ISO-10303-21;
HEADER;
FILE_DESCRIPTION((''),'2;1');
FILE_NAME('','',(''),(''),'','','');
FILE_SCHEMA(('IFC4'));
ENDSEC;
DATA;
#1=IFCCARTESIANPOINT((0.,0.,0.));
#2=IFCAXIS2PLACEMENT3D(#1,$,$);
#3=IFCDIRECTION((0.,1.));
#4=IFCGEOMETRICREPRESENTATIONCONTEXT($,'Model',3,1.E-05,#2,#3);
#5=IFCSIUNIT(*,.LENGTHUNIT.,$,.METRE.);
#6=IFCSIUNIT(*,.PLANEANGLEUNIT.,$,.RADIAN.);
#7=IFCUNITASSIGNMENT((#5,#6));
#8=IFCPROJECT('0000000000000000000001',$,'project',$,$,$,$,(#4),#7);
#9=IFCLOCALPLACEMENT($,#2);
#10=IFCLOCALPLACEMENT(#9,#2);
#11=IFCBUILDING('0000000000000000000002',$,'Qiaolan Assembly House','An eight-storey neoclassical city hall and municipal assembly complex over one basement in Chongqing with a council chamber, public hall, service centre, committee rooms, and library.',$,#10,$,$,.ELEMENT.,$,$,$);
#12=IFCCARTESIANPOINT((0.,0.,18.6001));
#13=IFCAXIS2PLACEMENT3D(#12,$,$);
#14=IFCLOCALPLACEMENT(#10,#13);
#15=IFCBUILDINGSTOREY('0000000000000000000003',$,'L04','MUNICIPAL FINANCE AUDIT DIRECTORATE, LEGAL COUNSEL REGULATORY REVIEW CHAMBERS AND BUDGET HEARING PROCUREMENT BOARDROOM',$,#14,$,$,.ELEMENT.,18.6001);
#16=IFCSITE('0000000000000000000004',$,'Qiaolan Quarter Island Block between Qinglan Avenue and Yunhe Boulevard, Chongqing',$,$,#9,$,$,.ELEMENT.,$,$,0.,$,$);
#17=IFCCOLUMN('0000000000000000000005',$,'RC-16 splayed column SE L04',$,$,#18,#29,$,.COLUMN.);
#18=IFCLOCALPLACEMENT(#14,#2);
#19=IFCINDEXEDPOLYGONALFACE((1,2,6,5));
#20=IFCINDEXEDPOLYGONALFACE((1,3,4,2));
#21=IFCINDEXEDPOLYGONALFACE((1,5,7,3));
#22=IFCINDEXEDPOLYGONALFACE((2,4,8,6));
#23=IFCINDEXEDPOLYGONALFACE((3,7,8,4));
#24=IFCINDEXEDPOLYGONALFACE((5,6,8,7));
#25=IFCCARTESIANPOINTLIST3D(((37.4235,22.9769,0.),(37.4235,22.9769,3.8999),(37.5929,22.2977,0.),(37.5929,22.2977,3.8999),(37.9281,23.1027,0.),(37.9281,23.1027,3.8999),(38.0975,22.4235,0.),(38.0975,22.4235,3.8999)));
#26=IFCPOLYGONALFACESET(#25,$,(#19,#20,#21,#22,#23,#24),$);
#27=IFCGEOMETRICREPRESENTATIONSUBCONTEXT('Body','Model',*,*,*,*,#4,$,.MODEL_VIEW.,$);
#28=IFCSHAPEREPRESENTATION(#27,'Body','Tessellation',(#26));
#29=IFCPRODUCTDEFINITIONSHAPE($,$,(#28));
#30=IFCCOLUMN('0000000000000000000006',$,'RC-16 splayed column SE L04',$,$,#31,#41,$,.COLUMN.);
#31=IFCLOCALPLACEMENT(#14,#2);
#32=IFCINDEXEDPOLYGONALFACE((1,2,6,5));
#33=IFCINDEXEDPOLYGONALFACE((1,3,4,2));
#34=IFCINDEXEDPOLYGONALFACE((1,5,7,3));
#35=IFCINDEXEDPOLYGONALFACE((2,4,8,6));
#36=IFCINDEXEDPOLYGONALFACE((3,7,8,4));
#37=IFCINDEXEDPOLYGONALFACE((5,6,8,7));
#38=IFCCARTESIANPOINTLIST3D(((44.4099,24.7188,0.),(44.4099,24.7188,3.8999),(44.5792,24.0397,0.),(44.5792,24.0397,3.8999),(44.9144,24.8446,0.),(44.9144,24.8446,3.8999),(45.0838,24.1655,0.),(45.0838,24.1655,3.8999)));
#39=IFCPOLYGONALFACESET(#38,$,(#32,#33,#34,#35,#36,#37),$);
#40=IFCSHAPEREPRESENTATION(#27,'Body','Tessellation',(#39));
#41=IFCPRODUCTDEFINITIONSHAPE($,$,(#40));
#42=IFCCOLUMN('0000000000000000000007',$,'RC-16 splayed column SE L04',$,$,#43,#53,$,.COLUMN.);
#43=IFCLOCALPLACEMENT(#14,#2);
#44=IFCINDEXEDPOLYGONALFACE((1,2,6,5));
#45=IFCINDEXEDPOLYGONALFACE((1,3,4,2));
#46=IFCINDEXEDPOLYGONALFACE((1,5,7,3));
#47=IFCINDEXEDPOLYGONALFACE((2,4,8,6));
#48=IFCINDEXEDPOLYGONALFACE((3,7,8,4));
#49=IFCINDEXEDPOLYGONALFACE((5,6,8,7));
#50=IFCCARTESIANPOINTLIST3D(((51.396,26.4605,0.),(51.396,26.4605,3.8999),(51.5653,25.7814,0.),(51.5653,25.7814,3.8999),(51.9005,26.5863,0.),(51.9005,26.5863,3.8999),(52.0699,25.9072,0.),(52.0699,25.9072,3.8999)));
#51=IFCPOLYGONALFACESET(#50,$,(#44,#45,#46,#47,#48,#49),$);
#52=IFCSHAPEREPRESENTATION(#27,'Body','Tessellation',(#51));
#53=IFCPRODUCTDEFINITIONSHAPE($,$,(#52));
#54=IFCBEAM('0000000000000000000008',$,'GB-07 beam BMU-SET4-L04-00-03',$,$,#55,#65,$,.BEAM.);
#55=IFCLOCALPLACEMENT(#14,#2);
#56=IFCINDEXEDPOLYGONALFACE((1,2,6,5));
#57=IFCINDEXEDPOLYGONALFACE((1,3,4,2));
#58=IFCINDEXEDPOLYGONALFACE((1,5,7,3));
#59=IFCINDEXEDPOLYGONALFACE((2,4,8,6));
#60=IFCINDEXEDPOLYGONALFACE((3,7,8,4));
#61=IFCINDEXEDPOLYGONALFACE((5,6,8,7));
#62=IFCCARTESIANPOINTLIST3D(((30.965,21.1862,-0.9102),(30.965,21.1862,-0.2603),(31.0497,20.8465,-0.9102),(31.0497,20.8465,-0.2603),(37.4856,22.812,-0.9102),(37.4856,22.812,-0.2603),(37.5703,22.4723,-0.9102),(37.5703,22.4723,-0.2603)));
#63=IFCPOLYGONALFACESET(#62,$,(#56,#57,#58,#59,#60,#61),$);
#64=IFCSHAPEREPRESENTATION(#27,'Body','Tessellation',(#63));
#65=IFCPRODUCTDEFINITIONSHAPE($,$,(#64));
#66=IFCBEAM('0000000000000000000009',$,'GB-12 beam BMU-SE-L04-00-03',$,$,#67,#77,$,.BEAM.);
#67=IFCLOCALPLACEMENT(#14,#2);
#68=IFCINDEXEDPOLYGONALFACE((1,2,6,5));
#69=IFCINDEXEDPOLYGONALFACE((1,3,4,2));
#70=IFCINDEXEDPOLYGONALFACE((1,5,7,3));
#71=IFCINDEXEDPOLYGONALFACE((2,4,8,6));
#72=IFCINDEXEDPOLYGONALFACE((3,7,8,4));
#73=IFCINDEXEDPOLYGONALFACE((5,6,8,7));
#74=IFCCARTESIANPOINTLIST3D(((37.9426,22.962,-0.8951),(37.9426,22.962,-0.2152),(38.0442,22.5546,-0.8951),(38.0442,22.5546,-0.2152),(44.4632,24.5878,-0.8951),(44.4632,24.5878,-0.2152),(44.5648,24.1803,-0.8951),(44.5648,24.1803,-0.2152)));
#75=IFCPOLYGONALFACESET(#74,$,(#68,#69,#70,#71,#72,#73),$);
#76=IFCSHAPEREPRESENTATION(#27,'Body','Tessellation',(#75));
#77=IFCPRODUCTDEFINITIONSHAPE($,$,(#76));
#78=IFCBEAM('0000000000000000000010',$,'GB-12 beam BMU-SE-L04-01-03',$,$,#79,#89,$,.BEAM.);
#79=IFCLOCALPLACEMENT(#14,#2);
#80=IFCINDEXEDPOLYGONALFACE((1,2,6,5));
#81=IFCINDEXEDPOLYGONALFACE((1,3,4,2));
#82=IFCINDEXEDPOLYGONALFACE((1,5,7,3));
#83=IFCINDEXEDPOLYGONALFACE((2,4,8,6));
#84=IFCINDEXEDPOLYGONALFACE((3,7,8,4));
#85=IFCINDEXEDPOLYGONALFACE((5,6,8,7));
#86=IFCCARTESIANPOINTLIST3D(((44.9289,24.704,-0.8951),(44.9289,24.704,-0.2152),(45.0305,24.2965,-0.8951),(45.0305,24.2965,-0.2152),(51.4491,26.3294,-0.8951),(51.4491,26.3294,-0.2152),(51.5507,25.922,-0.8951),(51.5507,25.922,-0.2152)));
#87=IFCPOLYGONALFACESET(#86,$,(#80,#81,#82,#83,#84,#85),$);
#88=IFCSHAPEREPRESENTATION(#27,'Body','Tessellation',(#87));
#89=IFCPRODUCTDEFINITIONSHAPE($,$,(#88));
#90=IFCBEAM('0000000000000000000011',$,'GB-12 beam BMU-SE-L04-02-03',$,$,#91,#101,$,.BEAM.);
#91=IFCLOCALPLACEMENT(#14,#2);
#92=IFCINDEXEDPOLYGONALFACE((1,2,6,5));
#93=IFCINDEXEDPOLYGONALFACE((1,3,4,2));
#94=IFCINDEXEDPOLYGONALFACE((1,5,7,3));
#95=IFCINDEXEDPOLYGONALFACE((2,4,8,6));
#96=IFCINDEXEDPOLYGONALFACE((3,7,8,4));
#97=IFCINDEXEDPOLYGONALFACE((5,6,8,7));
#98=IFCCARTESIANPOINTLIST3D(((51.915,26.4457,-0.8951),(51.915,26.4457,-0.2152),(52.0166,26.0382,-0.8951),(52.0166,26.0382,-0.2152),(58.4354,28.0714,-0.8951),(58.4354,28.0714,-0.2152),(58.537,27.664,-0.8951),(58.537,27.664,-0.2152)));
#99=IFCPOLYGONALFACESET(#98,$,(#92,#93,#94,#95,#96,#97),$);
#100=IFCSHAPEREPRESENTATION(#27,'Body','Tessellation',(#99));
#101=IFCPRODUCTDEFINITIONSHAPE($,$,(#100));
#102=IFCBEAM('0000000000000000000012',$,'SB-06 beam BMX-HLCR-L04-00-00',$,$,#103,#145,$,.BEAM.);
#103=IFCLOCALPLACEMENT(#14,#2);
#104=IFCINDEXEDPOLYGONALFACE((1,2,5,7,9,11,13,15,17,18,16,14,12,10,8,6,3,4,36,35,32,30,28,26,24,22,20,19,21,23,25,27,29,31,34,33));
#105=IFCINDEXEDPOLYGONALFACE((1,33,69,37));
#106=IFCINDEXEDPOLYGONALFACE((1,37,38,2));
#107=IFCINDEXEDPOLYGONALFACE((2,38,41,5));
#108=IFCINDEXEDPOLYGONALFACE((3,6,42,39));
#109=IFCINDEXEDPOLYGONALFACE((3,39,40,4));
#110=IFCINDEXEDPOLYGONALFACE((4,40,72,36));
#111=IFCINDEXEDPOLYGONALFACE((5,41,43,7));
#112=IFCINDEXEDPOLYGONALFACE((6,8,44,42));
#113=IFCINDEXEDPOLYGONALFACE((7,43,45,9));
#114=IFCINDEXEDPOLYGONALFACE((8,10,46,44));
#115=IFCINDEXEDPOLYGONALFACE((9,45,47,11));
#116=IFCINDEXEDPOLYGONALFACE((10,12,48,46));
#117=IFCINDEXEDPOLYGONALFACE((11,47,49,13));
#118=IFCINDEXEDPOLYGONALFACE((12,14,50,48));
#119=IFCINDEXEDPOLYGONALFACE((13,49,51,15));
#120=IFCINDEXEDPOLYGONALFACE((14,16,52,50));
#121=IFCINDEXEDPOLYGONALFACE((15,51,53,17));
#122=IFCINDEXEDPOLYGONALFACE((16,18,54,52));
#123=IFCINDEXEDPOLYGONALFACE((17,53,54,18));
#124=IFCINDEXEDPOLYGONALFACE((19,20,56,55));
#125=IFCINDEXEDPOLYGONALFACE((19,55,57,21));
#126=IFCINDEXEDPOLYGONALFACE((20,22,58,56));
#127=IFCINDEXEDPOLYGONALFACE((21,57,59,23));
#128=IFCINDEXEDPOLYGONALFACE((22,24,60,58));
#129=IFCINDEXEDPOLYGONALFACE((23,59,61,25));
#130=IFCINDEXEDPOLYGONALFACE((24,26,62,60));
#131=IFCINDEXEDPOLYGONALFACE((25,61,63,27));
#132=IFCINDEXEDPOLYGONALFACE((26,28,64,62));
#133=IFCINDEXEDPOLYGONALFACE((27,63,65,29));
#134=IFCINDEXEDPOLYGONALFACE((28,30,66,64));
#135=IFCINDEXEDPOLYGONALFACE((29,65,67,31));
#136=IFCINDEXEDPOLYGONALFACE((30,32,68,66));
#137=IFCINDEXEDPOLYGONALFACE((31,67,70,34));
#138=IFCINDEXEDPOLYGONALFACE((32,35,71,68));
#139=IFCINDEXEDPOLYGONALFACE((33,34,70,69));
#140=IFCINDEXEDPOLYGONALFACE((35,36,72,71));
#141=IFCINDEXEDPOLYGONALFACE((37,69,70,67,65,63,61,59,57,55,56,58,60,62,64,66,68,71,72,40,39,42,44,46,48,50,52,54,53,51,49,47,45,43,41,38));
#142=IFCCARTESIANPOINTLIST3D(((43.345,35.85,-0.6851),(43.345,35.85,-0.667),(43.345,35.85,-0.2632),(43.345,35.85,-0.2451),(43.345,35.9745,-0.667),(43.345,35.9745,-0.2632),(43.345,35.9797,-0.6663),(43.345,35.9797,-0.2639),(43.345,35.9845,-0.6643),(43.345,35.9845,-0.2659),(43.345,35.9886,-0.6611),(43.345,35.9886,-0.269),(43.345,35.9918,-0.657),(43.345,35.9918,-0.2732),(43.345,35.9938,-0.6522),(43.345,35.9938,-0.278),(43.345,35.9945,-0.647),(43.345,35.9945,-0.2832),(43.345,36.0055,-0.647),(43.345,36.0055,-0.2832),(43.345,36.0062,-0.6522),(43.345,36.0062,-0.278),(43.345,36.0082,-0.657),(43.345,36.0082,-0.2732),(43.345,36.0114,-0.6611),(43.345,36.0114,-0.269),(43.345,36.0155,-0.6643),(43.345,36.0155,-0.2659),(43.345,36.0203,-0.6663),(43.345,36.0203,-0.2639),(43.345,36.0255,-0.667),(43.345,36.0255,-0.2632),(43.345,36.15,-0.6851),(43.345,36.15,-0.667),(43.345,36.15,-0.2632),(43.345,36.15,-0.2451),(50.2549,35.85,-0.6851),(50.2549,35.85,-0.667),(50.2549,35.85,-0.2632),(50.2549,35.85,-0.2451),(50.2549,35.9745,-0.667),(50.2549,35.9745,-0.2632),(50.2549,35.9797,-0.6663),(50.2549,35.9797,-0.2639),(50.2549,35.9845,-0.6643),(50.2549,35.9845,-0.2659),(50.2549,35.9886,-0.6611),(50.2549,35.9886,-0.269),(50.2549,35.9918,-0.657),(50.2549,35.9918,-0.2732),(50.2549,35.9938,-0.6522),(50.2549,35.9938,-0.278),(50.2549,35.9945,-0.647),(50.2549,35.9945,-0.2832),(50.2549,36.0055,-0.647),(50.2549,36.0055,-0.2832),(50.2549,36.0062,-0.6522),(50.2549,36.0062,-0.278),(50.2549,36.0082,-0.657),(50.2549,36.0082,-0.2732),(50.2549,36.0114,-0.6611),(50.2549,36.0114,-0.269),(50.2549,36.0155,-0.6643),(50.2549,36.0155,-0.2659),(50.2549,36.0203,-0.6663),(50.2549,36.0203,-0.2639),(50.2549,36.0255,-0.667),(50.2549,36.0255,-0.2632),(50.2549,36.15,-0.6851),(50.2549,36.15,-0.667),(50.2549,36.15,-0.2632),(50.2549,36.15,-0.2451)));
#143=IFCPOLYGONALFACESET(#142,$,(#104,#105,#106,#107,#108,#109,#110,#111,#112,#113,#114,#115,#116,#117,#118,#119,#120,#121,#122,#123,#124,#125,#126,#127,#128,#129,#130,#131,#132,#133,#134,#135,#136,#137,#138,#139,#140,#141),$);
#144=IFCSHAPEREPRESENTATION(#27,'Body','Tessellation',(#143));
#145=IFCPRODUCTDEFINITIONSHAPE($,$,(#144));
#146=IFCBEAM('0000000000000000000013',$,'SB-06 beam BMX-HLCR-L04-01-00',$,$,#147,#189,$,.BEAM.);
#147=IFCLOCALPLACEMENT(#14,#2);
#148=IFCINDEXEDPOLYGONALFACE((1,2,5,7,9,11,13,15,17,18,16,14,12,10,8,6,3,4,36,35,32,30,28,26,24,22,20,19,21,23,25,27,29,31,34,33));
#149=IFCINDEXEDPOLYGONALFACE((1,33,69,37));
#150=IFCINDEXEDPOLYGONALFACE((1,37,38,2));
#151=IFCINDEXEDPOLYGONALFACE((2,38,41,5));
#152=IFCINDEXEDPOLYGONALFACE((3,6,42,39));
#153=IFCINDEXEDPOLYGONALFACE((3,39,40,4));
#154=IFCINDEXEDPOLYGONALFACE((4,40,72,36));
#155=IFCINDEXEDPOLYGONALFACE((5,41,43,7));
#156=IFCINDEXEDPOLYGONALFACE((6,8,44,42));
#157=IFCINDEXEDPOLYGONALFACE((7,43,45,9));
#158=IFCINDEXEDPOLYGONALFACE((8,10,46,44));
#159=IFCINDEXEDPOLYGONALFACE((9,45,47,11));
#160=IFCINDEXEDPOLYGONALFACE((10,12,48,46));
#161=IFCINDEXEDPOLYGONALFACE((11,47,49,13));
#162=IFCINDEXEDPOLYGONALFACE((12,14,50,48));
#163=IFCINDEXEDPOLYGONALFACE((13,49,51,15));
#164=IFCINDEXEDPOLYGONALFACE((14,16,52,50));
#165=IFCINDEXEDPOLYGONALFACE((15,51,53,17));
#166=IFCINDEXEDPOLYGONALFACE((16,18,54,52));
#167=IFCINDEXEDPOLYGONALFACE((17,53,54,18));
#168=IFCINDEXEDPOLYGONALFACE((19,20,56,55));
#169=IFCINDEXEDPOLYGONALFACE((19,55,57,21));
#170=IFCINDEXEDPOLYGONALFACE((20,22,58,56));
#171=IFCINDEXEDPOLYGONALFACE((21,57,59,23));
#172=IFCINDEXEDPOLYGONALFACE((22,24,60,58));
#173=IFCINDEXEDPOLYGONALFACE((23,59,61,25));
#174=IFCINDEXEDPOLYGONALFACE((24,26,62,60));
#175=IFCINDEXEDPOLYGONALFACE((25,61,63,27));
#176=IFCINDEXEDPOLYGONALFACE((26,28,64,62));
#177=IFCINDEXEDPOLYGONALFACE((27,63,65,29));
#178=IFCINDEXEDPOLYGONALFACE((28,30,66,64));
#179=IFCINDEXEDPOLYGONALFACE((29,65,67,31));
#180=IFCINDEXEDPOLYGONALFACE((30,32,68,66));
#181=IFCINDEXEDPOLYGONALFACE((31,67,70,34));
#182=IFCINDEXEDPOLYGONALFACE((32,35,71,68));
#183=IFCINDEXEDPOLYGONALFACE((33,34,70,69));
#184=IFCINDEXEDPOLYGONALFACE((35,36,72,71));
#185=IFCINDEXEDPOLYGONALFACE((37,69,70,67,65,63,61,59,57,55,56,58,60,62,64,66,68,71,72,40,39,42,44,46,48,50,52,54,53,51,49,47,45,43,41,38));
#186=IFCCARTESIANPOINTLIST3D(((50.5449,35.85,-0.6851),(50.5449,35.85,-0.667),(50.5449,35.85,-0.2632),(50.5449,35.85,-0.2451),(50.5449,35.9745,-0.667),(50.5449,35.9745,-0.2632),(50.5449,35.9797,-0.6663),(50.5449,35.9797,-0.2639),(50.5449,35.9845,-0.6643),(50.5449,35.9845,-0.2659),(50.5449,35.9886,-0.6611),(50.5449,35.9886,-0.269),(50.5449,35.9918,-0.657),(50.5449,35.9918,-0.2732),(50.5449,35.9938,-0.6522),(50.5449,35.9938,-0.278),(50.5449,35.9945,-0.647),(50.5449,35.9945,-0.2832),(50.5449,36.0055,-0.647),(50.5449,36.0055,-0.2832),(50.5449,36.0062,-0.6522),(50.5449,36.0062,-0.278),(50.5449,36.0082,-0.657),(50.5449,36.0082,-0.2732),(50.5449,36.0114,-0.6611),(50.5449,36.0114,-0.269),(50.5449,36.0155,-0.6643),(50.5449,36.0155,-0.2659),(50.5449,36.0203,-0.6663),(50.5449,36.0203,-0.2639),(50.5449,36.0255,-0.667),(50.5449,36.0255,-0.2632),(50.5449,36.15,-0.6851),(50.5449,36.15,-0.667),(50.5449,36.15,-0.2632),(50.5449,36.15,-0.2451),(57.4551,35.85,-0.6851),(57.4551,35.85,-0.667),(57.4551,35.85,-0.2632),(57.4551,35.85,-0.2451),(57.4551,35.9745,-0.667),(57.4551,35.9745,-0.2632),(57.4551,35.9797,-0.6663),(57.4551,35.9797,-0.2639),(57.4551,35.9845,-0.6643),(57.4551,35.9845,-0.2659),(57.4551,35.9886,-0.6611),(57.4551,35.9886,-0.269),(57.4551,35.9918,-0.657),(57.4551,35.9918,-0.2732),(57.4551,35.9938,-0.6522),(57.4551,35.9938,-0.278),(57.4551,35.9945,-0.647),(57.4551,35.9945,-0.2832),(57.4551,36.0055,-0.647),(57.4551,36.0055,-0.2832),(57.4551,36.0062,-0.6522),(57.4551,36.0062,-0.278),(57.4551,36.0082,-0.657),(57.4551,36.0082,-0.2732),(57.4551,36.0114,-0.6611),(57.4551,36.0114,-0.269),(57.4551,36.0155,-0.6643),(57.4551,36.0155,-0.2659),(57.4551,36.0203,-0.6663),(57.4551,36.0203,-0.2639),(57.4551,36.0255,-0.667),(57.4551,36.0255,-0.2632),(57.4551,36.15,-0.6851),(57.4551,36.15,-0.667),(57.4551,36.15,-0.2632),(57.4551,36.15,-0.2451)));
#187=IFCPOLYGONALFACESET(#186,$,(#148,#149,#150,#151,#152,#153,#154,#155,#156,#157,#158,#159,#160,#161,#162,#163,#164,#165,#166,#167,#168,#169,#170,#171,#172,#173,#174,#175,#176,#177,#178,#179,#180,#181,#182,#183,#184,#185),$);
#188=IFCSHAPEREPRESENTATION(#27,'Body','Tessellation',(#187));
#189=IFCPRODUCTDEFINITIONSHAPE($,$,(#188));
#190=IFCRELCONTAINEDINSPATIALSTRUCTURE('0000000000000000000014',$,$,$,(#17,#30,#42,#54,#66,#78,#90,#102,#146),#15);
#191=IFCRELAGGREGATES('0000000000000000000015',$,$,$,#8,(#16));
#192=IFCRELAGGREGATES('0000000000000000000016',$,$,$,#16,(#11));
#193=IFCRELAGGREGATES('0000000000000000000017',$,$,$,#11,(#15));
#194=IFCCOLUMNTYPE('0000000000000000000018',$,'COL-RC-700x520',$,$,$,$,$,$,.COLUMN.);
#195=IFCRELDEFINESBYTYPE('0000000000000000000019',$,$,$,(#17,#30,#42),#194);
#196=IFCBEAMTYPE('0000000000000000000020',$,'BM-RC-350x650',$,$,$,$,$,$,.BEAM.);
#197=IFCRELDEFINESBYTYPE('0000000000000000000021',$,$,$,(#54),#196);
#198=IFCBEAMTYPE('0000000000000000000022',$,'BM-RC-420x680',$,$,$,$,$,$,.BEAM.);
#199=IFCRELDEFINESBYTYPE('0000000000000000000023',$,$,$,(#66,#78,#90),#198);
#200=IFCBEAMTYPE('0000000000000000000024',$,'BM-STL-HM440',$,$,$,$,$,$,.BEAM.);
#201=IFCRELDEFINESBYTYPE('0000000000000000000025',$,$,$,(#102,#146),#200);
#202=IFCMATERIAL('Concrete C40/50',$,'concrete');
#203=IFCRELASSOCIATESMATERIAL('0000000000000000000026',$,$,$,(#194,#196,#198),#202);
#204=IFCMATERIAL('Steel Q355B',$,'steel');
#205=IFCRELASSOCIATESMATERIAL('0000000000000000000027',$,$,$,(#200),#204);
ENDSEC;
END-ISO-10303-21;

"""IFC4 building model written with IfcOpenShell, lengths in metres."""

from ifc_helpers import new_model, si_unit, direction, frame, origin, origin_2d, place, context, subcontext, project, spatial, rectangle, i_section, extrude, material, material_profile, profile_set, type_object, element, save


model = new_model("IFC4")

# Units and contexts
model_context = context("Model", 3, precision=1e-05, world=origin(), true_north=direction((0.0, 1.0)))
body_context = subcontext(model_context, "Body", "Model", "MODEL_VIEW")
ifc_project = project(units=[si_unit("LENGTHUNIT", "METRE"), si_unit("PLANEANGLEUNIT", "RADIAN")], contexts=[model_context])

# Site, building, storey
site_placement = place(None, origin())
site = spatial("IfcSite", under=ifc_project, at=site_placement, Name="Qiaolan Quarter Island Block between Qinglan Avenue and Yunhe Boulevard, Chongqing", CompositionType="ELEMENT", RefElevation=0.0)
building_placement = place(site_placement, origin())
building = spatial("IfcBuilding", under=site, at=building_placement, Name="Qiaolan Assembly House", Description="An eight-storey neoclassical city hall and municipal assembly complex over one basement in Chongqing with a council chamber, public hall, service centre, committee rooms, and library.", CompositionType="ELEMENT")
storey_placement = place(building_placement, frame((0.0, 0.0, 18.6001)))
storey = spatial("IfcBuildingStorey", under=building, at=storey_placement, Name="L04", Description="MUNICIPAL FINANCE AUDIT DIRECTORATE, LEGAL COUNSEL REGULATORY REVIEW CHAMBERS AND BUDGET HEARING PROCUREMENT BOARDROOM", CompositionType="ELEMENT", Elevation=18.6001)

# Columns
ifc_material_1 = material(Name="Concrete C40/50", Category="concrete")
ifc_material_profile_1 = material_profile(ifc_material_1, rectangle(XDim=0.52, YDim=0.7, at=origin_2d()), Name="RC 700x520")
ifc_profile_set_1 = profile_set([ifc_material_profile_1], Name="Concrete C40/50")
column_type = type_object("IfcColumnType", Name="COL-RC-700x520", PredefinedType="COLUMN", material=ifc_profile_set_1)
for number, where, z_axis, x_axis, name in (
    (1, (37.7605, 22.7002, 0.0), (0.0, 0.0, 1.0), (0.970296, 0.241922, 0.0), "RC-16 splayed column SE L04"),
    (2, (44.7468, 24.4421, 0.0), (0.0, 0.0, 1.0), (0.970296, 0.241922, 0.0), "RC-16 splayed column SE L04"),
    (3, (51.7329, 26.1838, 0.0), (0.0, 0.0, 1.0), (0.970296, 0.241922, 0.0), "RC-16 splayed column SE L04"),
):
    element("IfcColumn", number, at=place(storey_placement, frame(where, z_axis=z_axis, x_axis=x_axis)), inside=storey, type_object=column_type, Name=name, PredefinedType="COLUMN", context=body_context, shape_type="SweptSolid", body=[
        extrude(rectangle(XDim=0.52, YDim=0.7, at=origin_2d()), origin(), (0.0, 0.0, 1.0), 3.8999),
    ])

# Beams
ifc_material_profile_2 = material_profile(ifc_material_1, rectangle(XDim=0.3501, YDim=0.6499, at=origin_2d()), Name="RCB 350x650")
ifc_profile_set_2 = profile_set([ifc_material_profile_2], Name="Concrete C40/50")
beam_type_1 = type_object("IfcBeamType", Name="BM-RC-350x650", PredefinedType="BEAM", material=ifc_profile_set_2)
beam_1_placement = place(storey_placement, frame((31.0073, 21.0164, -0.5852), z_axis=(0.970296, 0.24192, 0.0), x_axis=(-0.24192, 0.970296, 0.0)))
element("IfcBeam", 4, at=beam_1_placement, inside=storey, type_object=beam_type_1, Name="GB-07 beam BMU-SET4-L04-00-03", PredefinedType="BEAM", context=body_context, shape_type="SweptSolid", body=[
    extrude(rectangle(XDim=0.3501, YDim=0.6499, at=origin_2d()), origin(), (0.0, 0.0, 1.0), 6.7202),
])
ifc_material_profile_3 = material_profile(ifc_material_1, rectangle(XDim=0.4199, YDim=0.6799, at=origin_2d()), Name="RCB 420x680")
ifc_profile_set_3 = profile_set([ifc_material_profile_3], Name="Concrete C40/50")
beam_type_2 = type_object("IfcBeamType", Name="BM-RC-420x680", PredefinedType="BEAM", material=ifc_profile_set_3)
beam_2_placement = place(storey_placement, frame((37.9934, 22.7583, -0.5552), z_axis=(0.970296, 0.24192, 0.0), x_axis=(-0.24192, 0.970296, 0.0)))
element("IfcBeam", 5, at=beam_2_placement, inside=storey, type_object=beam_type_2, Name="GB-12 beam BMU-SE-L04-00-03", PredefinedType="BEAM", context=body_context, shape_type="SweptSolid", body=[
    extrude(rectangle(XDim=0.4199, YDim=0.6799, at=origin_2d()), origin(), (0.0, 0.0, 1.0), 6.7202),
])
beam_3_placement = place(storey_placement, frame((44.9797, 24.5002, -0.5552), z_axis=(0.970303, 0.241894, 0.0), x_axis=(-0.241894, 0.970303, 0.0)))
element("IfcBeam", 6, at=beam_3_placement, inside=storey, type_object=beam_type_2, Name="GB-12 beam BMU-SE-L04-01-03", PredefinedType="BEAM", context=body_context, shape_type="SweptSolid", body=[
    extrude(rectangle(XDim=0.4199, YDim=0.6799, at=origin_2d()), origin(), (0.0, 0.0, 1.0), 6.7197),
])
beam_4_placement = place(storey_placement, frame((51.9658, 26.2419, -0.5552), z_axis=(0.970294, 0.241929, 0.0), x_axis=(-0.241929, 0.970294, 0.0)))
element("IfcBeam", 7, at=beam_4_placement, inside=storey, type_object=beam_type_2, Name="GB-12 beam BMU-SE-L04-02-03", PredefinedType="BEAM", context=body_context, shape_type="SweptSolid", body=[
    extrude(rectangle(XDim=0.4199, YDim=0.6799, at=origin_2d()), origin(), (0.0, 0.0, 1.0), 6.72),
])
ifc_material_2 = material(Name="Steel Q355B", Category="steel")
ifc_material_profile_4 = material_profile(ifc_material_2, i_section(OverallWidth=0.3, OverallDepth=0.4399, WebThickness=0.011, FlangeThickness=0.0181, FilletRadius=0.02, at=origin_2d()), Name="HM 440x300x11x18")
ifc_profile_set_4 = profile_set([ifc_material_profile_4], Name="Steel Q355B")
beam_type_3 = type_object("IfcBeamType", Name="BM-STL-HM440", PredefinedType="BEAM", material=ifc_profile_set_4)
beam_5_placement = place(storey_placement, frame((43.345, 36.0, -0.4651), z_axis=(1.0, 0.0, 0.0), x_axis=(0.0, 1.0, 0.0)))
element("IfcBeam", 8, at=beam_5_placement, inside=storey, type_object=beam_type_3, Name="SB-06 beam BMX-HLCR-L04-00-00", PredefinedType="BEAM", context=body_context, shape_type="SweptSolid", body=[
    extrude(i_section(OverallWidth=0.3, OverallDepth=0.4399, WebThickness=0.011, FlangeThickness=0.0181, FilletRadius=0.02, at=origin_2d()), origin(), (0.0, 0.0, 1.0), 6.9099),
])
beam_6_placement = place(storey_placement, frame((50.5449, 36.0, -0.4651), z_axis=(1.0, 0.0, 0.0), x_axis=(0.0, 1.0, 0.0)))
element("IfcBeam", 9, at=beam_6_placement, inside=storey, type_object=beam_type_3, Name="SB-06 beam BMX-HLCR-L04-01-00", PredefinedType="BEAM", context=body_context, shape_type="SweptSolid", body=[
    extrude(i_section(OverallWidth=0.3, OverallDepth=0.4399, WebThickness=0.011, FlangeThickness=0.0181, FilletRadius=0.02, at=origin_2d()), origin(), (0.0, 0.0, 1.0), 6.9102),
])

save(model, "model.ifc")
